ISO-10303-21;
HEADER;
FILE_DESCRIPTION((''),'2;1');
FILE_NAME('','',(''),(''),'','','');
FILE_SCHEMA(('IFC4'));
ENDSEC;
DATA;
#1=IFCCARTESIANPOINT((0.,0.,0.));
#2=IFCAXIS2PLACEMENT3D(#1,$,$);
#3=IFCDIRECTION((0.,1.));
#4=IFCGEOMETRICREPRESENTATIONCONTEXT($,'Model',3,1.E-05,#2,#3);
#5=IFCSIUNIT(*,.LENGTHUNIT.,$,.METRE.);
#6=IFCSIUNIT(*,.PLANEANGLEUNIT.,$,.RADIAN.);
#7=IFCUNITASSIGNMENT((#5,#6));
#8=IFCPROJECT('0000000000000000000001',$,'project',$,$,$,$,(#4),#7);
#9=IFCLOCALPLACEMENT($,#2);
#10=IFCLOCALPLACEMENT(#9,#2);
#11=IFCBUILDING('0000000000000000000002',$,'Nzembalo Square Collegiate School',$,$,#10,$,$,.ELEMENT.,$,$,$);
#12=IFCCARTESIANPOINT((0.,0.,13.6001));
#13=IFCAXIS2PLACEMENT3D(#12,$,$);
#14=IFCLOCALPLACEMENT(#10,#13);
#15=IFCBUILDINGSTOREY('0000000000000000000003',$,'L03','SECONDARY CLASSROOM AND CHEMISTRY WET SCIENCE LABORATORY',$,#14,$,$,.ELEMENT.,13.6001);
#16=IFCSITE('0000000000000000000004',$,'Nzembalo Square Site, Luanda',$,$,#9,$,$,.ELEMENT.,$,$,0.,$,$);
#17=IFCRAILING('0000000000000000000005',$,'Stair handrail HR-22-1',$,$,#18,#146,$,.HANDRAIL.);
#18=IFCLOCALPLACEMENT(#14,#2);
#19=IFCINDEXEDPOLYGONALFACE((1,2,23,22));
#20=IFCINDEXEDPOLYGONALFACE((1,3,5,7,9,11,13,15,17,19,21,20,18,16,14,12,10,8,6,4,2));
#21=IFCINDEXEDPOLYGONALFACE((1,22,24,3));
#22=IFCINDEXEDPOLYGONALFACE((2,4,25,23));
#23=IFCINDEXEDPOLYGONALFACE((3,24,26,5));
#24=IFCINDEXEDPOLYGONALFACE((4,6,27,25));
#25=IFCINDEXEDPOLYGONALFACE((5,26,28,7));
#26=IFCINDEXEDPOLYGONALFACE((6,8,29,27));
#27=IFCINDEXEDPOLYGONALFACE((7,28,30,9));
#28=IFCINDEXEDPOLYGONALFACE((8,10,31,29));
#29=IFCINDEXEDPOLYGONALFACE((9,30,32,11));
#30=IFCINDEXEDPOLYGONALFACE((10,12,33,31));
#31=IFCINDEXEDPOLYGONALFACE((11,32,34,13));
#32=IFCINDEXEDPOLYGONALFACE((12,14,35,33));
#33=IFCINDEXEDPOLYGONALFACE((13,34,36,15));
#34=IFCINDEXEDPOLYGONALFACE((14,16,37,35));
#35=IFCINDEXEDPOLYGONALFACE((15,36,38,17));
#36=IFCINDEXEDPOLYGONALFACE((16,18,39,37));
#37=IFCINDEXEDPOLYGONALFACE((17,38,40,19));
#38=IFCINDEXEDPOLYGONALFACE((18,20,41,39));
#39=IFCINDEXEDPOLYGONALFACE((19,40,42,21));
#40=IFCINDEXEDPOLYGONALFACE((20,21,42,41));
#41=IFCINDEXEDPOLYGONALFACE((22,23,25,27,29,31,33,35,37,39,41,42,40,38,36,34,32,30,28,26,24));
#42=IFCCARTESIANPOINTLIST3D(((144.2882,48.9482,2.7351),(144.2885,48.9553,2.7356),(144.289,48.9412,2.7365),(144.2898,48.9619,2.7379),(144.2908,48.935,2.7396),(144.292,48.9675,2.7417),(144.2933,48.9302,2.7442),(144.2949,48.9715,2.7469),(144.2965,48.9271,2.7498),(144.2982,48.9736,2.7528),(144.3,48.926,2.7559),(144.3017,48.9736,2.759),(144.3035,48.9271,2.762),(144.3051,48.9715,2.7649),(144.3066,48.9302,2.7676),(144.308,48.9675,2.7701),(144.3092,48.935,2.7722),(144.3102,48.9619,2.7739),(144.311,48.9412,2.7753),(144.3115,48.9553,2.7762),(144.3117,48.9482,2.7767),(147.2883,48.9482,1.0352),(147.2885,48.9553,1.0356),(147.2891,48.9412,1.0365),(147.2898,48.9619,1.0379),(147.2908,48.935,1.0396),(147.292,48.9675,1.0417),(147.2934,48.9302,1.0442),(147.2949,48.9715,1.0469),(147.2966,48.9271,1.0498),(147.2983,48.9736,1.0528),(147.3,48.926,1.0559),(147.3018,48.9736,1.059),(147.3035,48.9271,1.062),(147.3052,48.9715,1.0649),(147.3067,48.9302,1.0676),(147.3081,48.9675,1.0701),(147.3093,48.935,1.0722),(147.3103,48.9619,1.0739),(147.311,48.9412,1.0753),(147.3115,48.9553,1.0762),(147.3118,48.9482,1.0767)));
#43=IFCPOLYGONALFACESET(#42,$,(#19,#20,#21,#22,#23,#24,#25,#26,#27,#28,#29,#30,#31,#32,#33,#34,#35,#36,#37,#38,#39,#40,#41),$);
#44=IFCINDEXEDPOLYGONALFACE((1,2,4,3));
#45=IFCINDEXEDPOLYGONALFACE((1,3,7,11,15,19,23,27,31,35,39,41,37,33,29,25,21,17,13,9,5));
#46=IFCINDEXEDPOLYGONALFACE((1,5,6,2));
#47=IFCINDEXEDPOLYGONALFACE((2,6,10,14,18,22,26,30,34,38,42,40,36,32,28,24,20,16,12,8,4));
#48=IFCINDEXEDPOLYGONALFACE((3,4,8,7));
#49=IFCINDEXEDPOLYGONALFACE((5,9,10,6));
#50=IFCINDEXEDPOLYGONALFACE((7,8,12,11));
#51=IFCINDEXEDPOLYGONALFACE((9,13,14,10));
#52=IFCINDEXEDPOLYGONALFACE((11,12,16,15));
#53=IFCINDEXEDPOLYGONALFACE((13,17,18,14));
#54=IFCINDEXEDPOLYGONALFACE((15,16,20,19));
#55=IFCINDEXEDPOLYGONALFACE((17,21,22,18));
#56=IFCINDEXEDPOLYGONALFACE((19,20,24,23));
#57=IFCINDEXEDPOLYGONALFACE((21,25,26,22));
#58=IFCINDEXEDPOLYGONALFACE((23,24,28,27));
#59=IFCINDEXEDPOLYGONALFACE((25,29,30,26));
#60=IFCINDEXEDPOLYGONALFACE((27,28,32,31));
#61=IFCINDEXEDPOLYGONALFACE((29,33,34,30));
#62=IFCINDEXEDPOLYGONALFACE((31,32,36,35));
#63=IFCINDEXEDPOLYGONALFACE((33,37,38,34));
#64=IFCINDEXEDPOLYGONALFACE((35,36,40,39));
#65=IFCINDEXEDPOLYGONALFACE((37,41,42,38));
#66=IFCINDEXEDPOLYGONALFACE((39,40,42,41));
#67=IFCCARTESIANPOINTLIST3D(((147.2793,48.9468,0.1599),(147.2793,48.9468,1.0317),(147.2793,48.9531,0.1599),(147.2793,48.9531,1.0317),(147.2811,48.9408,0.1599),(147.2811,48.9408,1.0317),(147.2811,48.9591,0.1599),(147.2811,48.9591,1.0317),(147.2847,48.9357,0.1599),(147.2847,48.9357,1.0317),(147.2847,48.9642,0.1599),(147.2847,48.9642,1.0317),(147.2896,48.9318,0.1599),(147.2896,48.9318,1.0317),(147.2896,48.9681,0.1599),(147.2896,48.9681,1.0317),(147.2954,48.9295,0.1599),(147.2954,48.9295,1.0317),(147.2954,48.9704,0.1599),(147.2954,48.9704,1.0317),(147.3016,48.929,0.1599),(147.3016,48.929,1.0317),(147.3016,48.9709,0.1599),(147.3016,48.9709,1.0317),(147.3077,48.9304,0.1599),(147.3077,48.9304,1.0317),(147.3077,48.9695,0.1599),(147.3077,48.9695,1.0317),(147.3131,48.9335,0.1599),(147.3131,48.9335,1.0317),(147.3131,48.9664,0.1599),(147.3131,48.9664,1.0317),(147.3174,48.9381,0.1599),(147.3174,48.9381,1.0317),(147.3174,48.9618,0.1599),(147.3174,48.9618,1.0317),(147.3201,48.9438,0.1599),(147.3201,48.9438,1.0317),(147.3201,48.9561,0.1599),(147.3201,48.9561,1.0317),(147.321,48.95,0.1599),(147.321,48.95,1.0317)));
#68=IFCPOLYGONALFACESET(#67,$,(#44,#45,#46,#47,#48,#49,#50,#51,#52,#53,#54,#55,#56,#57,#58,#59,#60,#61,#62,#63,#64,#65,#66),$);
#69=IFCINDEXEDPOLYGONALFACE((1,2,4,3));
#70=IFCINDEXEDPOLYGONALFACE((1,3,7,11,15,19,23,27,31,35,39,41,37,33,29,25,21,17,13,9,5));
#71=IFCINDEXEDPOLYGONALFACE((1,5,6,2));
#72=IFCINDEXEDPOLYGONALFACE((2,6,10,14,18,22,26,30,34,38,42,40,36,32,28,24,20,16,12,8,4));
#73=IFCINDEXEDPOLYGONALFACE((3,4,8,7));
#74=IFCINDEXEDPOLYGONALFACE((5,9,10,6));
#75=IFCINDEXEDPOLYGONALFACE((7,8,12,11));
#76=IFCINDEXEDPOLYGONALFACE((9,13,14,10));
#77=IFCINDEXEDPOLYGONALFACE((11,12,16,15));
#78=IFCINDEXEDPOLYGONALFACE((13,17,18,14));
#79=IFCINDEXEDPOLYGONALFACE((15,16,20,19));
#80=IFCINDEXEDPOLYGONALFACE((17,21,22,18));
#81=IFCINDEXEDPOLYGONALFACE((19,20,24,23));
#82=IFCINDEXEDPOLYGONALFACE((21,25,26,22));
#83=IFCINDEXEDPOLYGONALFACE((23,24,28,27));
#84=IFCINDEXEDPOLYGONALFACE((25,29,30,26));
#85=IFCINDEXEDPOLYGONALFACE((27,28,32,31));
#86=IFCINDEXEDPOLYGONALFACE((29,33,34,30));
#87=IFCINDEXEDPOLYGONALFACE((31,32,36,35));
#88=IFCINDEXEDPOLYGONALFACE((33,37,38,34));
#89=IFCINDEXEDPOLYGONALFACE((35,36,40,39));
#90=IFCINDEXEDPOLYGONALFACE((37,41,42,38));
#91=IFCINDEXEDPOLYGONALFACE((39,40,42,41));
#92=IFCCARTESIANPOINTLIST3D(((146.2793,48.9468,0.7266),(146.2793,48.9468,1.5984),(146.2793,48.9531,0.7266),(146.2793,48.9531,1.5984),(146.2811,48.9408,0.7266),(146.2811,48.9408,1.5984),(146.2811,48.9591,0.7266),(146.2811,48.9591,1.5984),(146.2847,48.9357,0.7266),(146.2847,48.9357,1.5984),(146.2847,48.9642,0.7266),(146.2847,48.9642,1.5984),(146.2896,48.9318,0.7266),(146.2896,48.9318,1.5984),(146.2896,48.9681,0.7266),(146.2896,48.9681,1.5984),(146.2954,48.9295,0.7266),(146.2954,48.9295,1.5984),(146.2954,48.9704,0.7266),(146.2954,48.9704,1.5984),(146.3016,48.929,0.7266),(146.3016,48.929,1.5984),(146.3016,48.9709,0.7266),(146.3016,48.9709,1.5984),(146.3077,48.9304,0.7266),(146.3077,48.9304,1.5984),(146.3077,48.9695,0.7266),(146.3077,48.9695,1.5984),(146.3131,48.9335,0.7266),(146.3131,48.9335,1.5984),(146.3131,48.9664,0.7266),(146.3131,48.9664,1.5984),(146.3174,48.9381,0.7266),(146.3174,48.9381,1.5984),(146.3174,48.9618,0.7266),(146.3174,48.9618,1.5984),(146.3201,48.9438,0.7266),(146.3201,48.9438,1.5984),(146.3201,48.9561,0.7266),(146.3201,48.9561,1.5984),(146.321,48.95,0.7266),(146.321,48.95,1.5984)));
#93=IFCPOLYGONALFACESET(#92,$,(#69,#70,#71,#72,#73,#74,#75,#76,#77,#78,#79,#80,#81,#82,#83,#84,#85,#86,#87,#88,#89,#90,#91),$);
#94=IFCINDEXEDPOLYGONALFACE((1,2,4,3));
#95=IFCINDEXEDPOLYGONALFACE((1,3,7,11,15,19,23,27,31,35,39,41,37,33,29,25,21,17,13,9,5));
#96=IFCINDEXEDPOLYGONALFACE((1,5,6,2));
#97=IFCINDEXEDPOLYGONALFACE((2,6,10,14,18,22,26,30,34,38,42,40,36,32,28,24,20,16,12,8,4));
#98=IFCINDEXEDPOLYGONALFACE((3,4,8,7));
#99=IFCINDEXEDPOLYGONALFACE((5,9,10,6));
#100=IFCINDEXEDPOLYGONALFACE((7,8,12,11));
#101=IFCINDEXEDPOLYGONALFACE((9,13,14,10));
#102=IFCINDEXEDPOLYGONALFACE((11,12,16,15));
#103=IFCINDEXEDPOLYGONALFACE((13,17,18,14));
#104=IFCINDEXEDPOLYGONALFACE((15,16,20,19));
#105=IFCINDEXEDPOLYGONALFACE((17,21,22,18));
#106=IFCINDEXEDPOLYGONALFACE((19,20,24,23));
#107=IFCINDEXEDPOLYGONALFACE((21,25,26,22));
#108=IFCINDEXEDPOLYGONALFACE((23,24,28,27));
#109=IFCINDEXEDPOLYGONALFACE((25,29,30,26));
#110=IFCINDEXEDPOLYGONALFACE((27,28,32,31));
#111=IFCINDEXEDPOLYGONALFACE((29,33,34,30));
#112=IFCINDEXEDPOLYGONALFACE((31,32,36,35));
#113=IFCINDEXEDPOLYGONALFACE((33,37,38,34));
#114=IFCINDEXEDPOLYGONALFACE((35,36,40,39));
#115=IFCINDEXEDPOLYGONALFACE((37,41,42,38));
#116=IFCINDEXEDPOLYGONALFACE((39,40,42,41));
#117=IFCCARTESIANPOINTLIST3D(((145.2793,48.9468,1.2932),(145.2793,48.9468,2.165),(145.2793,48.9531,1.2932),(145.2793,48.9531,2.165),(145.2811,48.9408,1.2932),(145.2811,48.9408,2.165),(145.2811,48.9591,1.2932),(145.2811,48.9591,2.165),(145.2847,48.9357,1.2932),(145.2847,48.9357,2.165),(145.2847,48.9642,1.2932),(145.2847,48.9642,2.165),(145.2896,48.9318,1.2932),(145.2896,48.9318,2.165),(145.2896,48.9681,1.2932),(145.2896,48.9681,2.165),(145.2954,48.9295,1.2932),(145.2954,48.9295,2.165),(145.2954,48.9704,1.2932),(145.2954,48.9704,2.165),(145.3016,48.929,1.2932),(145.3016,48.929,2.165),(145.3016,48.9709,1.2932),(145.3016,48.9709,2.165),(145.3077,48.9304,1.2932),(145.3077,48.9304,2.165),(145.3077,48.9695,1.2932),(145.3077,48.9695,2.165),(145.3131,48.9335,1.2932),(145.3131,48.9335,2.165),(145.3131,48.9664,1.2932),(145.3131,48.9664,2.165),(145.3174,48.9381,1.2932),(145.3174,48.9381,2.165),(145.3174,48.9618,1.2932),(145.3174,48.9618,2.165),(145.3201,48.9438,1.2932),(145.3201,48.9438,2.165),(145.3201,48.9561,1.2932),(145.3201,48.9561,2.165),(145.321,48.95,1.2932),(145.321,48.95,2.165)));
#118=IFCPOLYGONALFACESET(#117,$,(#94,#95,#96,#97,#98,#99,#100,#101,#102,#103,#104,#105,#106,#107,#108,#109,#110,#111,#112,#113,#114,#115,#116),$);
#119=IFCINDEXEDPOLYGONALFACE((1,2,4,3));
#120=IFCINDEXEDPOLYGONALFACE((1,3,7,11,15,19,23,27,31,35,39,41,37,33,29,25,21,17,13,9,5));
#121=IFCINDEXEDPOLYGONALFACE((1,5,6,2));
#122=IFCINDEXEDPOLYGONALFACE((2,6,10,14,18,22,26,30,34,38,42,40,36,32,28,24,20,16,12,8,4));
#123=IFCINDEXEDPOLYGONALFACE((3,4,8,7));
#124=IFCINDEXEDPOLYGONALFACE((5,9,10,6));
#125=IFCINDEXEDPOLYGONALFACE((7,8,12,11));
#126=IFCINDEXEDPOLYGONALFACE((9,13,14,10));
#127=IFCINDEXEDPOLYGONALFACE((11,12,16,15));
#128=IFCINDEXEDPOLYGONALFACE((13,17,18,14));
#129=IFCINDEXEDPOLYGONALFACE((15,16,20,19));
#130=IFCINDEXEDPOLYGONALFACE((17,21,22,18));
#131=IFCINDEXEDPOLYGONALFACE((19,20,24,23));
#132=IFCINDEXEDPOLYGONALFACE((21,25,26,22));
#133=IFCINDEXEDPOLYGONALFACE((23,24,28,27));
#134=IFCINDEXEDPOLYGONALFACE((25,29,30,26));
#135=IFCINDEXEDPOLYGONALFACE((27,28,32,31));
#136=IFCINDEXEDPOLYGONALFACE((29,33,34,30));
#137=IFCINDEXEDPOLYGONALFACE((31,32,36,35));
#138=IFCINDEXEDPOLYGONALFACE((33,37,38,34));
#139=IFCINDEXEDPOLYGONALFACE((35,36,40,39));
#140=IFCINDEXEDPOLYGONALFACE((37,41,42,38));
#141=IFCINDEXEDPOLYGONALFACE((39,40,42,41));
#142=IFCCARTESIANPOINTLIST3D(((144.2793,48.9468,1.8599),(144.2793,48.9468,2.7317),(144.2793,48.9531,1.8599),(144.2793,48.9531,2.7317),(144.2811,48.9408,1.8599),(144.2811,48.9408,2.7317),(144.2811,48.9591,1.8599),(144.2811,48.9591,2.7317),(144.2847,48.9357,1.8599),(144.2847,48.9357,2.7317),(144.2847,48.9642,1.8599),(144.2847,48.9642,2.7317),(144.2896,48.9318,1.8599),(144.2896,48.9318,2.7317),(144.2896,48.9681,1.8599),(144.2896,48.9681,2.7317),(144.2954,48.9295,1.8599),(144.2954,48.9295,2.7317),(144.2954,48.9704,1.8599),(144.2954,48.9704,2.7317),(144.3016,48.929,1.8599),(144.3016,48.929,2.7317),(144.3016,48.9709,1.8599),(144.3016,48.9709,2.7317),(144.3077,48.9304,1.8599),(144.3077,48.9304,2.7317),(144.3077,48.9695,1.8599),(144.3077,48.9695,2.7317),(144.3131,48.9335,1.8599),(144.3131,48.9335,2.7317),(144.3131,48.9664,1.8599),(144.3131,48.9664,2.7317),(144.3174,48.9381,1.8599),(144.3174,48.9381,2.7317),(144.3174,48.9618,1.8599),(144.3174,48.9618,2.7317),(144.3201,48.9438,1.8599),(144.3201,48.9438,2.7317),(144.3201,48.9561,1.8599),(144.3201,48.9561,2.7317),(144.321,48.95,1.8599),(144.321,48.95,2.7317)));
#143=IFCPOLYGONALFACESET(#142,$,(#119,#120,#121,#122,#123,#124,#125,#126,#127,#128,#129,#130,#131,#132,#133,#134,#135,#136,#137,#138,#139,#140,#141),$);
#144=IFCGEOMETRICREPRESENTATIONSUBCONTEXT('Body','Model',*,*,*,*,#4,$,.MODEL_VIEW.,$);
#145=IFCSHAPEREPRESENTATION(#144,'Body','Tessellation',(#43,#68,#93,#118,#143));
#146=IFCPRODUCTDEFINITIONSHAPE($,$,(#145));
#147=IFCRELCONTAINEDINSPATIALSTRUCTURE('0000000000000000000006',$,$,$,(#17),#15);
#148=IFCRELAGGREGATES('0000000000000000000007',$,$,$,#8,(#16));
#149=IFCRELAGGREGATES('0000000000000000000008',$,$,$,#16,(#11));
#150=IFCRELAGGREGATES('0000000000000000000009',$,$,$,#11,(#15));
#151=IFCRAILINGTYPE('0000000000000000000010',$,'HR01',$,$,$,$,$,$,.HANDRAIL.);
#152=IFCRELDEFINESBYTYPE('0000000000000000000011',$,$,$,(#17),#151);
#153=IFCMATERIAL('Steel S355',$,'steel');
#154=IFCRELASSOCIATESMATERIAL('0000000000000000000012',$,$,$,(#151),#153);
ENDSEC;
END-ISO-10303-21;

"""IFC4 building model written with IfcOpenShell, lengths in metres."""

from ifc_helpers import new_model, si_unit, direction, frame, origin, origin_2d, place, context, subcontext, project, spatial, circle, extrude, material, type_object, element, save


model = new_model("IFC4")

# Units and contexts
model_context = context("Model", 3, precision=1e-05, world=origin(), true_north=direction((0.0, 1.0)))
body_context = subcontext(model_context, "Body", "Model", "MODEL_VIEW")
ifc_project = project(units=[si_unit("LENGTHUNIT", "METRE"), si_unit("PLANEANGLEUNIT", "RADIAN")], contexts=[model_context])

# Site, building, storey
site_placement = place(None, origin())
site = spatial("IfcSite", under=ifc_project, at=site_placement, Name="Nzembalo Square Site, Luanda", CompositionType="ELEMENT", RefElevation=0.0)
building_placement = place(site_placement, origin())
building = spatial("IfcBuilding", under=site, at=building_placement, Name="Nzembalo Square Collegiate School", CompositionType="ELEMENT")
storey_placement = place(building_placement, frame((0.0, 0.0, 13.6001)))
storey = spatial("IfcBuildingStorey", under=building, at=storey_placement, Name="L03", Description="SECONDARY CLASSROOM AND CHEMISTRY WET SCIENCE LABORATORY", CompositionType="ELEMENT", Elevation=13.6001)

# Railing
ifc_material_1 = material(Name="Steel S355", Category="steel")
railing_type_1 = type_object("IfcRailingType", Name="HR01", PredefinedType="HANDRAIL", material=ifc_material_1)
railing_1_placement = place(storey_placement, frame((147.3, 48.95, 0.1599)))
element("IfcRailing", 1, at=railing_1_placement, inside=storey, type_object=railing_type_1, Name="Stair handrail HR-22-1", PredefinedType="HANDRAIL", context=body_context, shape_type="SweptSolid", body=[
    extrude(circle(Radius=0.0239, at=origin_2d()), frame((0.0, 0.0, 0.896), z_axis=(-0.870028, 0.0, 0.493002), x_axis=(0.0, -1.0, 0.0)), (0.0, 0.0, 1.0), 3.4482),
    extrude(circle(Radius=0.021, at=origin_2d()), origin(), (0.0, 0.0, 1.0), 0.8718),
    extrude(circle(Radius=0.021, at=origin_2d()), frame((-1.0, 0.0, 0.5667)), (0.0, 0.0, 1.0), 0.8718),
    extrude(circle(Radius=0.021, at=origin_2d()), frame((-2.0, 0.0, 1.1333)), (0.0, 0.0, 1.0), 0.8718),
    extrude(circle(Radius=0.021, at=origin_2d()), frame((-3.0, 0.0, 1.7)), (0.0, 0.0, 1.0), 0.8718),
])

save(model, "model.ifc")
